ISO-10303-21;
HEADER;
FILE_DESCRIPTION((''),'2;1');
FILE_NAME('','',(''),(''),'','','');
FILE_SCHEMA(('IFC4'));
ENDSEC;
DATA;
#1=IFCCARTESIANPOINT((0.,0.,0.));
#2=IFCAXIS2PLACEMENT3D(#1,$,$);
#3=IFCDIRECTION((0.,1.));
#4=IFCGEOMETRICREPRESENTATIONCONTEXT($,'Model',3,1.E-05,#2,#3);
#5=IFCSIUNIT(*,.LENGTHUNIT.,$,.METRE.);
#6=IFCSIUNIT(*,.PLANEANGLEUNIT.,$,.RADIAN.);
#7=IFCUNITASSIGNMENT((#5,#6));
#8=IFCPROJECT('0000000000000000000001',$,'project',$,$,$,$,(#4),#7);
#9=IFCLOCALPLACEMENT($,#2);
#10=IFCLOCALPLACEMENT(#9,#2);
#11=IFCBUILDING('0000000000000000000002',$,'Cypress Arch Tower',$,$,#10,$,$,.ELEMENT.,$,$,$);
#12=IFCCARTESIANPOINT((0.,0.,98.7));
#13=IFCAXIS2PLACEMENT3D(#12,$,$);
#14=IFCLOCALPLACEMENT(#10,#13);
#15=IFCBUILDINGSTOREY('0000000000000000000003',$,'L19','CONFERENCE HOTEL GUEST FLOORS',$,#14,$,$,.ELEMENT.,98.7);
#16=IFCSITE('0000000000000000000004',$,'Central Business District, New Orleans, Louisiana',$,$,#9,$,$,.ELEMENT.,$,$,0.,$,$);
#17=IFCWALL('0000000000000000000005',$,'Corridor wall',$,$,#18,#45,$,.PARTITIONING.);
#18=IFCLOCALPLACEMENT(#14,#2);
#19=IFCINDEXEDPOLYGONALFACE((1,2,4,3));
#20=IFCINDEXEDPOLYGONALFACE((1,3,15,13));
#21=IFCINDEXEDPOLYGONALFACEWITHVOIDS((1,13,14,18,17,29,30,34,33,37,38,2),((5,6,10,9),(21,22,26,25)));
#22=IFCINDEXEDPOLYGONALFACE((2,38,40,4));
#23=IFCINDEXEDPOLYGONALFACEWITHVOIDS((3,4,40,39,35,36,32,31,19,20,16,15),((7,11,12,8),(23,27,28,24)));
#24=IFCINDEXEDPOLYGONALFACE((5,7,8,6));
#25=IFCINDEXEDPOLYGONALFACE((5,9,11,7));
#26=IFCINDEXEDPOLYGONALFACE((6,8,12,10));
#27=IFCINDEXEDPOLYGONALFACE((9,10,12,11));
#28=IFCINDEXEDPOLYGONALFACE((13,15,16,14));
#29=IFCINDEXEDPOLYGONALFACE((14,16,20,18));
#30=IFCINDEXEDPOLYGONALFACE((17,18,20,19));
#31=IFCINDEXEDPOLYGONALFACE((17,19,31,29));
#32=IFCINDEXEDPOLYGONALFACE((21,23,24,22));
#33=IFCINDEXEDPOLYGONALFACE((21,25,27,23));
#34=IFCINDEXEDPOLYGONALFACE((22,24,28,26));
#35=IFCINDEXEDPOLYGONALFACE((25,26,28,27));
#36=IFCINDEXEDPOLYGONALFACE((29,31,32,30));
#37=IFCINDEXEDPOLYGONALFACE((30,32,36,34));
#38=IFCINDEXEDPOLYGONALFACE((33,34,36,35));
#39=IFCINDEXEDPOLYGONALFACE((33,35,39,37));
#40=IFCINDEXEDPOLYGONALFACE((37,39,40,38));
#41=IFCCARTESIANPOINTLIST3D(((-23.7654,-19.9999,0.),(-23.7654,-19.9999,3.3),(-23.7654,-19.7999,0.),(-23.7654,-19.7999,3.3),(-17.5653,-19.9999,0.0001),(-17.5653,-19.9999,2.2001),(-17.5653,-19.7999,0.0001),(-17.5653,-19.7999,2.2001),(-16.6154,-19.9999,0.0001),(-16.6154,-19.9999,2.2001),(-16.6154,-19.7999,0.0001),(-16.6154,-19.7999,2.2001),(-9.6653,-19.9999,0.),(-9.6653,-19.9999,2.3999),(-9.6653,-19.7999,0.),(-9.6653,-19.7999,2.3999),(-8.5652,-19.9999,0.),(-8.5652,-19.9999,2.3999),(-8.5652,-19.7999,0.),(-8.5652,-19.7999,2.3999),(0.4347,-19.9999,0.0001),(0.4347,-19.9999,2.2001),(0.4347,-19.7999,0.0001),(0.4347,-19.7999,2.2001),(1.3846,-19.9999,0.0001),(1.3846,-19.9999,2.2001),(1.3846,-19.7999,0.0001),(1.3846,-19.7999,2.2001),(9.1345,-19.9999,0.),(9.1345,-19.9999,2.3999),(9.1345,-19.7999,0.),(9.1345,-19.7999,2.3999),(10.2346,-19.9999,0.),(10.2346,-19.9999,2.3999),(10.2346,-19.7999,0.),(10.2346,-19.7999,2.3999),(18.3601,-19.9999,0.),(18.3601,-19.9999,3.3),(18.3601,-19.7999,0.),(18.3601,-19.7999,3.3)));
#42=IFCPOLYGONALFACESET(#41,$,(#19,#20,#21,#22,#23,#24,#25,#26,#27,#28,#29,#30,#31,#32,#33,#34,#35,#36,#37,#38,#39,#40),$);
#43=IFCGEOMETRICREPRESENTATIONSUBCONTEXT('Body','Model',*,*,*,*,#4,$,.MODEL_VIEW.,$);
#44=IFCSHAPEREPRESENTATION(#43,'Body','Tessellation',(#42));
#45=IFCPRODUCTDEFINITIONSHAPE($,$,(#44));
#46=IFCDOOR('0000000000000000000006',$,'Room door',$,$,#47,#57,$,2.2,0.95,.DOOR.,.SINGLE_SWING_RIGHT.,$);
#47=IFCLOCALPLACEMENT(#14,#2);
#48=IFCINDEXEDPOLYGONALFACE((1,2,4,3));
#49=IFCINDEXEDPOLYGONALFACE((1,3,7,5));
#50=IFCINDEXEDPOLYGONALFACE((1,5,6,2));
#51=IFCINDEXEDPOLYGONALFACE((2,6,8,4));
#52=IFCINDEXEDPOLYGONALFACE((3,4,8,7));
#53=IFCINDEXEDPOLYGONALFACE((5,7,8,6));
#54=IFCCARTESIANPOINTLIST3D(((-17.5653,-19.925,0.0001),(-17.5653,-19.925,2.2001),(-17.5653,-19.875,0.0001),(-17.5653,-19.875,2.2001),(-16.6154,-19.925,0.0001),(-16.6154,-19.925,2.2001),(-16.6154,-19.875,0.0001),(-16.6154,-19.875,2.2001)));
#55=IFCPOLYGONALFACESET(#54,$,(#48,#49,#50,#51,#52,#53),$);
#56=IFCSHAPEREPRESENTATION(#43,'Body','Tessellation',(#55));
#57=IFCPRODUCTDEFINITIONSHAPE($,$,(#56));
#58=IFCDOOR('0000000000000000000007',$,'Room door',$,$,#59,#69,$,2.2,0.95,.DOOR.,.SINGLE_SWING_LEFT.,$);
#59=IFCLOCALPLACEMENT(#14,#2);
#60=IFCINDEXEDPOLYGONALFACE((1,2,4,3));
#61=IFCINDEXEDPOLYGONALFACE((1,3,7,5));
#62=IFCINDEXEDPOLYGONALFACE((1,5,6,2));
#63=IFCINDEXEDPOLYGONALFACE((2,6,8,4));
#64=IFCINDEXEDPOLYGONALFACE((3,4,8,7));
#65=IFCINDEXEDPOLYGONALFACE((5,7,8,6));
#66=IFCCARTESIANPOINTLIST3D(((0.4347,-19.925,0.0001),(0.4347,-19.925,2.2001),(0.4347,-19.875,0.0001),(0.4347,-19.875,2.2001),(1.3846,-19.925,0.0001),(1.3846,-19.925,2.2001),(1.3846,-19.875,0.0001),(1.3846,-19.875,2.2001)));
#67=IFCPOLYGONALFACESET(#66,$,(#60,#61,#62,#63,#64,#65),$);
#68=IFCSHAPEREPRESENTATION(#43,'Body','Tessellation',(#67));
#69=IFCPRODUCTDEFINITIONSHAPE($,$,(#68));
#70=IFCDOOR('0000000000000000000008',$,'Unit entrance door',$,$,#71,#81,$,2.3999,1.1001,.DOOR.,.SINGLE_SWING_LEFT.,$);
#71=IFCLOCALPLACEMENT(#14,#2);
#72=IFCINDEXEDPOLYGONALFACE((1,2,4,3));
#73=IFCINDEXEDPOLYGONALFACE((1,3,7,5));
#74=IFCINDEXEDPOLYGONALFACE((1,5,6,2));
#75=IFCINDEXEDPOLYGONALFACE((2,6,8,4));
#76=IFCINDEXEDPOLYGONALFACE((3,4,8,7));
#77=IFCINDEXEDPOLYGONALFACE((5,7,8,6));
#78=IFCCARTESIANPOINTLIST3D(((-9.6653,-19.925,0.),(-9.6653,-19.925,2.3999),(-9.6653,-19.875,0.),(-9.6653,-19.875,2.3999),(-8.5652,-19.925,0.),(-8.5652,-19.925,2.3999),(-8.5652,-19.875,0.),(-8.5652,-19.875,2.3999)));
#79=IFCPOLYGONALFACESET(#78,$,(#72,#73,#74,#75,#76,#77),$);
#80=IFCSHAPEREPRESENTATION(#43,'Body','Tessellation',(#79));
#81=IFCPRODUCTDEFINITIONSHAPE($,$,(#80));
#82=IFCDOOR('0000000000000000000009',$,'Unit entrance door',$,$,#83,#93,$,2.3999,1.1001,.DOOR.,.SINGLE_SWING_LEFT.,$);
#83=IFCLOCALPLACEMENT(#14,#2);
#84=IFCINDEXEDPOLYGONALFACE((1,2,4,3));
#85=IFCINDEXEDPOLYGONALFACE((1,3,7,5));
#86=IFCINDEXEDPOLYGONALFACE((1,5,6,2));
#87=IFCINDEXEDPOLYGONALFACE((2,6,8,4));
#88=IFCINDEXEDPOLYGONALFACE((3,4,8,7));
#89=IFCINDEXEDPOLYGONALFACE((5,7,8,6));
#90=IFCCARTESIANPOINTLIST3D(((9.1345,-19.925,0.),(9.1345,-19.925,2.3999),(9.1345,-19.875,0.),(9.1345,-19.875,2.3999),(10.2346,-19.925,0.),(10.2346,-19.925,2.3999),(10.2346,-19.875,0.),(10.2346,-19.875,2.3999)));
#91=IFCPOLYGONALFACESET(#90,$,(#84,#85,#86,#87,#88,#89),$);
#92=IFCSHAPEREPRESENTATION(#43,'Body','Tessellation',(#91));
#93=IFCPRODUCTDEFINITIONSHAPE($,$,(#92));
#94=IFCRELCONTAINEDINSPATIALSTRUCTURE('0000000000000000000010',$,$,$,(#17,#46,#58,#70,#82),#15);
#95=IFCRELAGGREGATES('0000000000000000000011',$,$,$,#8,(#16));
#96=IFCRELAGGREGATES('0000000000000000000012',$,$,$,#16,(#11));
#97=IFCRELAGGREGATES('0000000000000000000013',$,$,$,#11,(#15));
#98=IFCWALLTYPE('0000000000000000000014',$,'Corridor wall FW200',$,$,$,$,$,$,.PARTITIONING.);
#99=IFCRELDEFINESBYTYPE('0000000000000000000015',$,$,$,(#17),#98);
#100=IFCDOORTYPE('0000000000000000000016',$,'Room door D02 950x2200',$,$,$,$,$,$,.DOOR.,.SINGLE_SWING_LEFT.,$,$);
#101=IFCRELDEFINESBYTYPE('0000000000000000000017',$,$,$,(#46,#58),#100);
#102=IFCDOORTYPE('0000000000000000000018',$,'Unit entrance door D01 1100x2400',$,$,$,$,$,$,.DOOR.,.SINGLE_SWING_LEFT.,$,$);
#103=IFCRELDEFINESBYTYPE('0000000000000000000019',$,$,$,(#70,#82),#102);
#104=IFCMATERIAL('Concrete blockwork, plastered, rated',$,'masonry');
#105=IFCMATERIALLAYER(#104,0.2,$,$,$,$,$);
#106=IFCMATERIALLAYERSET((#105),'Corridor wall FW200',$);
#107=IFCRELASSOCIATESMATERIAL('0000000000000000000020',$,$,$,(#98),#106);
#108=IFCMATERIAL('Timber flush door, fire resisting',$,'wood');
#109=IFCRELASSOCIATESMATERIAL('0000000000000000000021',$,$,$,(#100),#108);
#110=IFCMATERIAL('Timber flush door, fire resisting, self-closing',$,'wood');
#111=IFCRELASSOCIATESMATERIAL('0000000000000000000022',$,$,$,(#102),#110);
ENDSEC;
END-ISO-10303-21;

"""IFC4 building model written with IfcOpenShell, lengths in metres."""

from ifc_helpers import new_model, si_unit, direction, frame, frame_2d, origin, place, context, subcontext, project, spatial, rectangle, extrude, material, layer, layer_set, type_object, element, fill, save


model = new_model("IFC4")

# Units and contexts
model_context = context("Model", 3, precision=1e-05, world=origin(), true_north=direction((0.0, 1.0)))
body_context = subcontext(model_context, "Body", "Model", "MODEL_VIEW")
ifc_project = project(units=[si_unit("LENGTHUNIT", "METRE"), si_unit("PLANEANGLEUNIT", "RADIAN")], contexts=[model_context])

# Site, building, storey
site_placement = place(None, origin())
site = spatial("IfcSite", under=ifc_project, at=site_placement, Name="Central Business District, New Orleans, Louisiana", CompositionType="ELEMENT", RefElevation=0.0)
building_placement = place(site_placement, origin())
building = spatial("IfcBuilding", under=site, at=building_placement, Name="Cypress Arch Tower", CompositionType="ELEMENT")
storey_placement = place(building_placement, frame((0.0, 0.0, 98.7)))
storey = spatial("IfcBuildingStorey", under=building, at=storey_placement, Name="L19", Description="CONFERENCE HOTEL GUEST FLOORS", CompositionType="ELEMENT", Elevation=98.7)

# Wall, openings, doors
ifc_material_1 = material(Name="Concrete blockwork, plastered, rated", Category="masonry")
ifc_layer_1 = layer(ifc_material_1, 0.2)
ifc_layer_set_1 = layer_set([ifc_layer_1], Name="Corridor wall FW200")
wall_type_1 = type_object("IfcWallType", Name="Corridor wall FW200", PredefinedType="PARTITIONING", material=ifc_layer_set_1)
wall_1_placement = place(storey_placement, frame((-23.7654, -19.8999, 0.0), z_axis=(0.0, 0.0, 1.0), x_axis=(1.0, 0.0, 0.0)))
wall_1 = element("IfcWall", 1, at=wall_1_placement, inside=storey, type_object=wall_type_1, Name="Corridor wall", PredefinedType="PARTITIONING", context=body_context, shape_type="SweptSolid", body=[
    extrude(rectangle(XDim=42.1255, YDim=0.2, at=frame_2d((21.0627, 0.0))), origin(), (0.0, 0.0, 1.0), 3.3),
])
opening_1_placement = place(wall_1_placement, frame((6.2, 0.0, 0.0)))
opening_1 = element("IfcOpeningElement", 2, at=opening_1_placement, cuts=wall_1, PredefinedType="OPENING", context=body_context, shape_type="SweptSolid", body=[
    extrude(rectangle(XDim=0.95, YDim=2.2, at=frame_2d((0.4751, 1.1001))), frame((0.0, 0.1099, 0.0), z_axis=(0.0, -1.0, 0.0), x_axis=(1.0, 0.0, 0.0)), (0.0, 0.0, 1.0), 0.22),
])
opening_2_placement = place(wall_1_placement, frame((14.1001, 0.0, 0.0)))
opening_2 = element("IfcOpeningElement", 3, at=opening_2_placement, cuts=wall_1, PredefinedType="OPENING", context=body_context, shape_type="SweptSolid", body=[
    extrude(rectangle(XDim=1.1001, YDim=2.3999, at=frame_2d((0.55, 1.2))), frame((0.0, 0.1099, 0.0), z_axis=(0.0, -1.0, 0.0), x_axis=(1.0, 0.0, 0.0)), (0.0, 0.0, 1.0), 0.22),
])
opening_3_placement = place(wall_1_placement, frame((24.2, 0.0, 0.0)))
opening_3 = element("IfcOpeningElement", 4, at=opening_3_placement, cuts=wall_1, PredefinedType="OPENING", context=body_context, shape_type="SweptSolid", body=[
    extrude(rectangle(XDim=0.95, YDim=2.2, at=frame_2d((0.4751, 1.1001))), frame((0.0, 0.1099, 0.0), z_axis=(0.0, -1.0, 0.0), x_axis=(1.0, 0.0, 0.0)), (0.0, 0.0, 1.0), 0.22),
])
opening_4_placement = place(wall_1_placement, frame((32.8999, 0.0, 0.0)))
opening_4 = element("IfcOpeningElement", 5, at=opening_4_placement, cuts=wall_1, PredefinedType="OPENING", context=body_context, shape_type="SweptSolid", body=[
    extrude(rectangle(XDim=1.1001, YDim=2.3999, at=frame_2d((0.55, 1.2))), frame((0.0, 0.1099, 0.0), z_axis=(0.0, -1.0, 0.0), x_axis=(1.0, 0.0, 0.0)), (0.0, 0.0, 1.0), 0.22),
])
ifc_material_2 = material(Name="Timber flush door, fire resisting", Category="wood")
door_type_1 = type_object("IfcDoorType", Name="Room door D02 950x2200", OperationType="SINGLE_SWING_LEFT", PredefinedType="DOOR", material=ifc_material_2)
door_1_placement = place(opening_1_placement, origin())
door_1 = element("IfcDoor", 6, at=door_1_placement, inside=storey, type_object=door_type_1, Name="Room door", OperationType="SINGLE_SWING_RIGHT", OverallHeight=2.2, OverallWidth=0.95, PredefinedType="DOOR", context=body_context, shape_type="SweptSolid", body=[
    extrude(rectangle(XDim=0.95, YDim=2.2, at=frame_2d((0.4751, 1.1001))), frame((0.0, 0.0249, 0.0), z_axis=(0.0, -1.0, 0.0), x_axis=(1.0, 0.0, 0.0)), (0.0, 0.0, 1.0), 0.05),
])
fill(opening_1, door_1)
door_2_placement = place(opening_3_placement, origin())
door_2 = element("IfcDoor", 7, at=door_2_placement, inside=storey, type_object=door_type_1, Name="Room door", OperationType="SINGLE_SWING_LEFT", OverallHeight=2.2, OverallWidth=0.95, PredefinedType="DOOR", context=body_context, shape_type="SweptSolid", body=[
    extrude(rectangle(XDim=0.95, YDim=2.2, at=frame_2d((0.4751, 1.1001))), frame((0.0, 0.0249, 0.0), z_axis=(0.0, -1.0, 0.0), x_axis=(1.0, 0.0, 0.0)), (0.0, 0.0, 1.0), 0.05),
])
fill(opening_3, door_2)
ifc_material_3 = material(Name="Timber flush door, fire resisting, self-closing", Category="wood")
door_type_2 = type_object("IfcDoorType", Name="Unit entrance door D01 1100x2400", OperationType="SINGLE_SWING_LEFT", PredefinedType="DOOR", material=ifc_material_3)
door_3_placement = place(opening_2_placement, origin())
door_3 = element("IfcDoor", 8, at=door_3_placement, inside=storey, type_object=door_type_2, Name="Unit entrance door", OperationType="SINGLE_SWING_LEFT", OverallHeight=2.3999, OverallWidth=1.1001, PredefinedType="DOOR", context=body_context, shape_type="SweptSolid", body=[
    extrude(rectangle(XDim=1.1001, YDim=2.3999, at=frame_2d((0.55, 1.2))), frame((0.0, 0.0249, 0.0), z_axis=(0.0, -1.0, 0.0), x_axis=(1.0, 0.0, 0.0)), (0.0, 0.0, 1.0), 0.05),
])
fill(opening_2, door_3)
door_4_placement = place(opening_4_placement, origin())
door_4 = element("IfcDoor", 9, at=door_4_placement, inside=storey, type_object=door_type_2, Name="Unit entrance door", OperationType="SINGLE_SWING_LEFT", OverallHeight=2.3999, OverallWidth=1.1001, PredefinedType="DOOR", context=body_context, shape_type="SweptSolid", body=[
    extrude(rectangle(XDim=1.1001, YDim=2.3999, at=frame_2d((0.55, 1.2))), frame((0.0, 0.0249, 0.0), z_axis=(0.0, -1.0, 0.0), x_axis=(1.0, 0.0, 0.0)), (0.0, 0.0, 1.0), 0.05),
])
fill(opening_4, door_4)

save(model, "model.ifc")
